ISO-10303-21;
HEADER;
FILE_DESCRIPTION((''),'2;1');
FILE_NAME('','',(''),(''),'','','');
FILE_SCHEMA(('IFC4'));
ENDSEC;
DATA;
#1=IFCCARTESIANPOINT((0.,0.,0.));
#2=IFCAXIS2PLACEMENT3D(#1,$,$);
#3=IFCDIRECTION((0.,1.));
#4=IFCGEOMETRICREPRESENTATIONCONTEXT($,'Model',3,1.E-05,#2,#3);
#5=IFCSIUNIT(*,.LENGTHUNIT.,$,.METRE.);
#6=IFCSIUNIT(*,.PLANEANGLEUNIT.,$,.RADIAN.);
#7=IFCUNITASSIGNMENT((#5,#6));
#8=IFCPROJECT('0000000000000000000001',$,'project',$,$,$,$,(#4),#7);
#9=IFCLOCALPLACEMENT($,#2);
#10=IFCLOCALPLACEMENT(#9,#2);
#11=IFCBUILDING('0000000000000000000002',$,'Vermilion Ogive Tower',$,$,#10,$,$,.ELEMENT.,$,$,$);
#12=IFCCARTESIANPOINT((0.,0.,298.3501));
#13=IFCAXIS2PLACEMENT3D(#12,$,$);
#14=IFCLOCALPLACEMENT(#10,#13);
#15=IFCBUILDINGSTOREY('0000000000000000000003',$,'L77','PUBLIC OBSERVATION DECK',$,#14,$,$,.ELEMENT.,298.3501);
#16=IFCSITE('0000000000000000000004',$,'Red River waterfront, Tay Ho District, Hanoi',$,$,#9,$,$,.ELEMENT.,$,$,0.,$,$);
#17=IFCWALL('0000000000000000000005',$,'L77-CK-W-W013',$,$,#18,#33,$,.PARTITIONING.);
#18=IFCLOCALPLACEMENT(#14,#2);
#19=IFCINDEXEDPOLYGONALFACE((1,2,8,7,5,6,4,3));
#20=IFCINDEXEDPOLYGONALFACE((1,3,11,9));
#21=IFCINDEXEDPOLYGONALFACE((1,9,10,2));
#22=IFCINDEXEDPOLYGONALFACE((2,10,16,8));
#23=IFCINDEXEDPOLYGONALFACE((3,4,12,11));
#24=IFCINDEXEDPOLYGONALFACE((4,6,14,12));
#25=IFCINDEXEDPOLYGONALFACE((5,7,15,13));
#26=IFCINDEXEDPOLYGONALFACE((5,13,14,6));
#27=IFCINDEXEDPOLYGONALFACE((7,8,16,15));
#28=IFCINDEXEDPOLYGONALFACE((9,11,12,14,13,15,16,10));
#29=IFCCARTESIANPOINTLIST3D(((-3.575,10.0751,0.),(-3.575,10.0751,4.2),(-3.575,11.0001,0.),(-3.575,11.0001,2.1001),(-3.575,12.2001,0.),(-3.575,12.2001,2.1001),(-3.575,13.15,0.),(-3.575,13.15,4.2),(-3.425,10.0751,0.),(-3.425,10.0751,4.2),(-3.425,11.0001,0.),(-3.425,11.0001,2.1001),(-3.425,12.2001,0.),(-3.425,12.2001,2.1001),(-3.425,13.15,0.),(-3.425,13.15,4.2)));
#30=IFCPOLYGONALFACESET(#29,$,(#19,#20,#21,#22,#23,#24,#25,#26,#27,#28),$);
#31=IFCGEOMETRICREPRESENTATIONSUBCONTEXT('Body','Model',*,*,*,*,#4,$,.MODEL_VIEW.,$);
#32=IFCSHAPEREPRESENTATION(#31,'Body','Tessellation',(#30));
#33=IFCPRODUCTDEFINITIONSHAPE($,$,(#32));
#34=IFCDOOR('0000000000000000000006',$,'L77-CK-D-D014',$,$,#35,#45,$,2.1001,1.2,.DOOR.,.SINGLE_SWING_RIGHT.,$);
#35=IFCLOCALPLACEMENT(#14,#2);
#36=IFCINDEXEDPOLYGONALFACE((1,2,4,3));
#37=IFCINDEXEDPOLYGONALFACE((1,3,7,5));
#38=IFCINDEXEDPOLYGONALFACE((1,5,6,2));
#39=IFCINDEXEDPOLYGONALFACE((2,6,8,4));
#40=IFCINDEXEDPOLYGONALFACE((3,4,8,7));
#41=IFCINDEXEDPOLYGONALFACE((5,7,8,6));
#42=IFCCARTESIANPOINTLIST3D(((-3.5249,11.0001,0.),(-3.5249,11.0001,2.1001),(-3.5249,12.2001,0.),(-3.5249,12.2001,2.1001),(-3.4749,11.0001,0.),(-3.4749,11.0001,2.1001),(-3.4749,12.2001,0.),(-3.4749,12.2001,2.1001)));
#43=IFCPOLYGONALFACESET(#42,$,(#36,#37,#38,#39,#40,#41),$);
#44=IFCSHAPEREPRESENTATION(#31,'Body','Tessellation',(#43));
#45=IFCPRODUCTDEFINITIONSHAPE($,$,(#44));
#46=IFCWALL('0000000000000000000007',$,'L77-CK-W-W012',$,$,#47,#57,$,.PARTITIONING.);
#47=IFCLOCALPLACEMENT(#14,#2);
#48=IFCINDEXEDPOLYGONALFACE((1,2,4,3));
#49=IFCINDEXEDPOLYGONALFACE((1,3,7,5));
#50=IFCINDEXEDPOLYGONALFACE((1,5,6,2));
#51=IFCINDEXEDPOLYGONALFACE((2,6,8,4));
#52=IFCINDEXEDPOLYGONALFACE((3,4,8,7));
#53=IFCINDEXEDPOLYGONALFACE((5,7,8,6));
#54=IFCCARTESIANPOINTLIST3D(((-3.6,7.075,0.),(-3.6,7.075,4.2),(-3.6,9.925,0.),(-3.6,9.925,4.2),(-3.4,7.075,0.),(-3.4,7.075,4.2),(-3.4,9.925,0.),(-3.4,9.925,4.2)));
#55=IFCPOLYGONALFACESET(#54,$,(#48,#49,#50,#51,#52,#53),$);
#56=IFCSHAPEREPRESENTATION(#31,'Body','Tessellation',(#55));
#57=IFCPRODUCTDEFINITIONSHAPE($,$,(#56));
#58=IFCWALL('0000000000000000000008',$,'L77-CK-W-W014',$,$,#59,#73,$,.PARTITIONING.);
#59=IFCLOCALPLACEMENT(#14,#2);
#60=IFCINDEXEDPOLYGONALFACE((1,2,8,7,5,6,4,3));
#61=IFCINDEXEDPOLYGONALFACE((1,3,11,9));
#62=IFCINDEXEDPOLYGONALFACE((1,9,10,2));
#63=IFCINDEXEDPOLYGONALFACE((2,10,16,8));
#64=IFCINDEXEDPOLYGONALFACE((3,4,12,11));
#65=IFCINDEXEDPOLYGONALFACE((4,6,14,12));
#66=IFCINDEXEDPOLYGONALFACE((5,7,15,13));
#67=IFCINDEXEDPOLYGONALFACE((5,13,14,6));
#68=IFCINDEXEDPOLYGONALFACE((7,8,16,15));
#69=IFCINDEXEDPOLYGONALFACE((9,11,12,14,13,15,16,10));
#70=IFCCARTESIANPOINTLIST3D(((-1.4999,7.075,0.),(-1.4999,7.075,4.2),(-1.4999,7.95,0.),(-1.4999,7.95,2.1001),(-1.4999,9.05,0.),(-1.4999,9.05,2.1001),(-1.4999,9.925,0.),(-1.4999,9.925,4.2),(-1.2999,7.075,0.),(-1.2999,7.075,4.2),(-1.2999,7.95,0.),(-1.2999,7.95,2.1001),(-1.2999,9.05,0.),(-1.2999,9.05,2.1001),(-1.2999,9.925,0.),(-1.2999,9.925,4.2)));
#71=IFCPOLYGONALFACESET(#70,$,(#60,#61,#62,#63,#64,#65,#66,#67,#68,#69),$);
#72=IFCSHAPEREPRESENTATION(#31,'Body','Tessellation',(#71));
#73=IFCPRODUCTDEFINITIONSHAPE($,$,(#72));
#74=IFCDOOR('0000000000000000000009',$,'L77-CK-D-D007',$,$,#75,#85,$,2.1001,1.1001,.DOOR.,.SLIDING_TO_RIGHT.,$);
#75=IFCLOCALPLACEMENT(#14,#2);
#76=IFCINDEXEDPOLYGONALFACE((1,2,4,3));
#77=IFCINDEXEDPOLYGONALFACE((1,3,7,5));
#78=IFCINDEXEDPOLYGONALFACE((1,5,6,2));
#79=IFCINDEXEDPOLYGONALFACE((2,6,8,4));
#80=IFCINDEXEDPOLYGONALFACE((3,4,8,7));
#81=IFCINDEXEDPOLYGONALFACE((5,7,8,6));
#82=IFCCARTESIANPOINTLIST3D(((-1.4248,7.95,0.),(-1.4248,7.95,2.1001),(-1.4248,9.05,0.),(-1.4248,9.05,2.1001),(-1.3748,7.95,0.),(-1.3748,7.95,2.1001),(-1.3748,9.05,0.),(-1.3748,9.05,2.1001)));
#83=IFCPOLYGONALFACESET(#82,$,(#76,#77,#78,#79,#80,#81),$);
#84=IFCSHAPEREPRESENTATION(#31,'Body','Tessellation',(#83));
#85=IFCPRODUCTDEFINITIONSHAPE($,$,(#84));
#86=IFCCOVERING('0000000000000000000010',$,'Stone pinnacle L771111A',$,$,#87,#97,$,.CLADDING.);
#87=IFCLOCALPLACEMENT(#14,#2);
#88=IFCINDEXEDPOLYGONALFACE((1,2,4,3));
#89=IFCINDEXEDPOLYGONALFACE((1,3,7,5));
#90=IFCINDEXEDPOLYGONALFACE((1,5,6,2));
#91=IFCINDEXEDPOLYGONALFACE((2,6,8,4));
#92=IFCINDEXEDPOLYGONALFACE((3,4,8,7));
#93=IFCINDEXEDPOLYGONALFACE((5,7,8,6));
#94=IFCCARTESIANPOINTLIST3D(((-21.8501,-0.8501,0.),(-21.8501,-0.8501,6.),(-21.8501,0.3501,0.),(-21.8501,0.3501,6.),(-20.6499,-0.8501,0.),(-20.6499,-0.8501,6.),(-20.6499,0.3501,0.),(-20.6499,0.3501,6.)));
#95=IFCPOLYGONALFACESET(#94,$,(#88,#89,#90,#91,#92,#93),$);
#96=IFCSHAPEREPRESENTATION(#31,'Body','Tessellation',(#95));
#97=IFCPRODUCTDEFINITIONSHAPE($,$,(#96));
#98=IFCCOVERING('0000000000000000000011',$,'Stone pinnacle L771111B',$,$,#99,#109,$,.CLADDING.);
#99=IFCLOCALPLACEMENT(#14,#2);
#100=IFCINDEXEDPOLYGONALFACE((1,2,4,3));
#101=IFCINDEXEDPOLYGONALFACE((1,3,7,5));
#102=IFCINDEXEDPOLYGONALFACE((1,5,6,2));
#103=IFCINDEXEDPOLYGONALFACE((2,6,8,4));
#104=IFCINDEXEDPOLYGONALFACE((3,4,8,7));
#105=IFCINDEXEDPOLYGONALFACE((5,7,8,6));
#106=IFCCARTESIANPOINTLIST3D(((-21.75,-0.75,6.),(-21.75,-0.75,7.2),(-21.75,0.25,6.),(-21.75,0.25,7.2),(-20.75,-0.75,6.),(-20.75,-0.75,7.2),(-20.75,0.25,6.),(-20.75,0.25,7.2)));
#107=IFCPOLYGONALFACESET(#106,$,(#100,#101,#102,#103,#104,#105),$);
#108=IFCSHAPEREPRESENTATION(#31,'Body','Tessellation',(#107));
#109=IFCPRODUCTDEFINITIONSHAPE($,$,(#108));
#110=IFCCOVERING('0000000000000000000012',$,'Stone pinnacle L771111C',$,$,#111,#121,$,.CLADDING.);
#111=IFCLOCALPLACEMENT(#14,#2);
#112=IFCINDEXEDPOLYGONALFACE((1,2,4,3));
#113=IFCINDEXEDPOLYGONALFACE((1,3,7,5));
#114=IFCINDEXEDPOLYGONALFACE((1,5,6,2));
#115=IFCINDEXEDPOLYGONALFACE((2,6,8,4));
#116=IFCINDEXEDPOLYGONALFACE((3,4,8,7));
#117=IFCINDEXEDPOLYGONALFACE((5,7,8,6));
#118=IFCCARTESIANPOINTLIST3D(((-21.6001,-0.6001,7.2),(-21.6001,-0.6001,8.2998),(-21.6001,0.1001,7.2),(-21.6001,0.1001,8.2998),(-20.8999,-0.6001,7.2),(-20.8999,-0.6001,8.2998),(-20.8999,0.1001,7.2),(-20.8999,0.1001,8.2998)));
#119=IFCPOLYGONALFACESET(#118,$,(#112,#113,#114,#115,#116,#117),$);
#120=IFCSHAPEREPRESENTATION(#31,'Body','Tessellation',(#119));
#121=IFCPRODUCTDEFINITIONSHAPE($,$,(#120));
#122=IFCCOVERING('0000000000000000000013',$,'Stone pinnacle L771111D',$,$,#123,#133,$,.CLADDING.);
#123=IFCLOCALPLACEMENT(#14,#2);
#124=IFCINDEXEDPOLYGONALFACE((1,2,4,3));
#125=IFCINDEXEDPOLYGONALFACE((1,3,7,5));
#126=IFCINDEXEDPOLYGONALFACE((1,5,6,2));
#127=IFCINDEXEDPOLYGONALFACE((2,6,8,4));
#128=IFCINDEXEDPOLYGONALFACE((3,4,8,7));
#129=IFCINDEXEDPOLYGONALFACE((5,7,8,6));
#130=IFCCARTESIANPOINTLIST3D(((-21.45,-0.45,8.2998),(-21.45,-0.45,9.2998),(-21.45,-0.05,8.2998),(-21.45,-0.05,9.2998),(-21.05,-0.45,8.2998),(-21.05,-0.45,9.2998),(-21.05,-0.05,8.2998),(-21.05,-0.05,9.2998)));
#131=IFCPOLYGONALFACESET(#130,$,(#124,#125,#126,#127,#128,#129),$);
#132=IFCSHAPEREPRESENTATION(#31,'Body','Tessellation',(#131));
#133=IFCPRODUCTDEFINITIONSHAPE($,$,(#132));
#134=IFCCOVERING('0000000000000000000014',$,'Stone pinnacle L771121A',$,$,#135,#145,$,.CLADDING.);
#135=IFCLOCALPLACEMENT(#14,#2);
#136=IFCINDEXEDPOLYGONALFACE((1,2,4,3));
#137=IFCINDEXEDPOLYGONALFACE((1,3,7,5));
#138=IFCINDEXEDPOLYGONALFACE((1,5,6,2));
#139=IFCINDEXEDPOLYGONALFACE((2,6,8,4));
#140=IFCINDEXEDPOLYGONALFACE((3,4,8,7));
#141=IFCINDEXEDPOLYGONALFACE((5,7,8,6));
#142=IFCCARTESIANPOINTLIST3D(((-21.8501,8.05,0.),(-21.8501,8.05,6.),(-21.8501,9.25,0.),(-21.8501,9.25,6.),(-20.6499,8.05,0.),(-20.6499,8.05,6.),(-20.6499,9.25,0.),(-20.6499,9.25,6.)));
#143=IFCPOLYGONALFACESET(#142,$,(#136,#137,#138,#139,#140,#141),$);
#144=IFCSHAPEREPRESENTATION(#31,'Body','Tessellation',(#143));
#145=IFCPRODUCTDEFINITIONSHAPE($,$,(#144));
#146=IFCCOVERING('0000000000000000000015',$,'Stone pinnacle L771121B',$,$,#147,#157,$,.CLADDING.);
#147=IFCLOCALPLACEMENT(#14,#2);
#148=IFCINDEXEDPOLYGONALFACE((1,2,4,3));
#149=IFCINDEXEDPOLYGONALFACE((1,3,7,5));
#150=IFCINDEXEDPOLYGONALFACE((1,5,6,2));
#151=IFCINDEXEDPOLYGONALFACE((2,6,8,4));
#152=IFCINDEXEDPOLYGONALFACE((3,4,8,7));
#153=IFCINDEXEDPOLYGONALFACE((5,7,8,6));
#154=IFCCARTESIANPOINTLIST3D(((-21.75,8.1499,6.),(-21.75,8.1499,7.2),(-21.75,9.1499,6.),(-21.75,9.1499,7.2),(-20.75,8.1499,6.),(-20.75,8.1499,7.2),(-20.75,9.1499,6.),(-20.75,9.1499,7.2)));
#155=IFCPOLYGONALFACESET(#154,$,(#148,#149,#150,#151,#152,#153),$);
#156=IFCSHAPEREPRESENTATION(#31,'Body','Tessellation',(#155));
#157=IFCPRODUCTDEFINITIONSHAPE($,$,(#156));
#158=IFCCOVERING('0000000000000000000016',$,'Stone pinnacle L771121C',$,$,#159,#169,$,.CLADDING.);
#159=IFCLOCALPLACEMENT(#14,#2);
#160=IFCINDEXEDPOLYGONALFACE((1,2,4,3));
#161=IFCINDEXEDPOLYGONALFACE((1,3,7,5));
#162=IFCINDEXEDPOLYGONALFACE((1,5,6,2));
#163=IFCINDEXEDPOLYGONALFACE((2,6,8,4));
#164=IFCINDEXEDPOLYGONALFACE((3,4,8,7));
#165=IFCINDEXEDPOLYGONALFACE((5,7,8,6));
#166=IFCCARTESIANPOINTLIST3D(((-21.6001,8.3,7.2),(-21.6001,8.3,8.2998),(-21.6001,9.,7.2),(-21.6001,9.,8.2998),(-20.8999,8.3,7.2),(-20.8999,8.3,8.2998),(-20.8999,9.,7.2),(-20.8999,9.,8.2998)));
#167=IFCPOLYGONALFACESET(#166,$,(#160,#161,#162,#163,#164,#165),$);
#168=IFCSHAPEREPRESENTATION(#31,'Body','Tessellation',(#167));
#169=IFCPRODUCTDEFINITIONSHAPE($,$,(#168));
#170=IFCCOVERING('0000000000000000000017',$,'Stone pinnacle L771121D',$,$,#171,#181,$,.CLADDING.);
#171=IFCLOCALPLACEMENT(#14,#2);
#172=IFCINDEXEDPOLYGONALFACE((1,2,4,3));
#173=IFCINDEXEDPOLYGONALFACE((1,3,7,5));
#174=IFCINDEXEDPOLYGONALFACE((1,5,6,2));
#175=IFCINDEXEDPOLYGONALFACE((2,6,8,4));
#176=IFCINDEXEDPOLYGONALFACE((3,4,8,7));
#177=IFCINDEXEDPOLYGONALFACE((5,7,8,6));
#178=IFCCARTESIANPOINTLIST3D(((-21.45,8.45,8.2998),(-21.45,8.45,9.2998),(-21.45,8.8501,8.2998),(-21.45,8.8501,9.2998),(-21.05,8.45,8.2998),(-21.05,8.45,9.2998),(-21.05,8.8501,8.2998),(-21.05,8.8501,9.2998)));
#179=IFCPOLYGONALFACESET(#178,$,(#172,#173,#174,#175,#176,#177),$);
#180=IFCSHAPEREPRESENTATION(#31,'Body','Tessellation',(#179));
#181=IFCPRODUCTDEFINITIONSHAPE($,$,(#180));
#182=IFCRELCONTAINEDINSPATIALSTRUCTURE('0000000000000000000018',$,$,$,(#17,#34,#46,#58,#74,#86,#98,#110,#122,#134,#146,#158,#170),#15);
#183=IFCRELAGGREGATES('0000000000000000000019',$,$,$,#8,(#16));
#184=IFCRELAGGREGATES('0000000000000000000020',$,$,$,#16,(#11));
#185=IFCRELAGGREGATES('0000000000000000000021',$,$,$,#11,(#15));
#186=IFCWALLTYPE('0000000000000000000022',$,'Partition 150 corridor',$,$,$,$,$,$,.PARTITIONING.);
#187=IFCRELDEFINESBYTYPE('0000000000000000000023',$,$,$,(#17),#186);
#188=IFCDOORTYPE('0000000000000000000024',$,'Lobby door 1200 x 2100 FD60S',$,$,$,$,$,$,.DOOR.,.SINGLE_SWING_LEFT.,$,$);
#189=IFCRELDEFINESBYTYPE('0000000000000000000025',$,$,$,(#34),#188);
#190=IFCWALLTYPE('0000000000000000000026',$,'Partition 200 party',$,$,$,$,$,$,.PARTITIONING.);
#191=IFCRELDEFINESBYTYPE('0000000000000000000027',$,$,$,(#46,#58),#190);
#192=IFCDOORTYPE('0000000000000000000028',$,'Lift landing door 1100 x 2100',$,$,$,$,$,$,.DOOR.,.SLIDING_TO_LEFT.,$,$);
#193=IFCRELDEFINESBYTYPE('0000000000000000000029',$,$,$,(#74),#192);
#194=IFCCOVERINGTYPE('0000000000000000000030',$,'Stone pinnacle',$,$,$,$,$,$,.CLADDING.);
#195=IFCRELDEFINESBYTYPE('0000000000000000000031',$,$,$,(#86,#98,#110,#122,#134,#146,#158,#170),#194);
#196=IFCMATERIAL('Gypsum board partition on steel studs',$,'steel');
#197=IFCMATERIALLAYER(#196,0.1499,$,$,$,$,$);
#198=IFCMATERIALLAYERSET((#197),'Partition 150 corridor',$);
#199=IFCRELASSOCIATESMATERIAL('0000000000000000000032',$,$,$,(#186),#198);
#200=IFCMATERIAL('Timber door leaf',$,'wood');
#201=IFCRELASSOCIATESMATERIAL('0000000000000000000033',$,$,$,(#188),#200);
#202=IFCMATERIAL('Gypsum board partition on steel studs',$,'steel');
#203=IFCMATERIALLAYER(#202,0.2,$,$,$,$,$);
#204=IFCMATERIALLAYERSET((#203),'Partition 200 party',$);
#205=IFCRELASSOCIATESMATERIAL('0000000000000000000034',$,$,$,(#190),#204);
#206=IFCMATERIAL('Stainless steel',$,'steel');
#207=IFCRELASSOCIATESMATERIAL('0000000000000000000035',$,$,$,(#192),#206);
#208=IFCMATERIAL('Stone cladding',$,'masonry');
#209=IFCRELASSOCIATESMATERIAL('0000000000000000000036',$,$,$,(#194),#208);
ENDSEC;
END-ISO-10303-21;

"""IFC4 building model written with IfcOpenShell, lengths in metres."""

from ifc_helpers import new_model, si_unit, direction, frame, frame_2d, origin, place, context, subcontext, project, spatial, polyline, rectangle, outline, extrude, material, layer, layer_set, type_object, element, fill, save


model = new_model("IFC4")

# Units and contexts
model_context = context("Model", 3, precision=1e-05, world=origin(), true_north=direction((0.0, 1.0)))
body_context = subcontext(model_context, "Body", "Model", "MODEL_VIEW")
ifc_project = project(units=[si_unit("LENGTHUNIT", "METRE"), si_unit("PLANEANGLEUNIT", "RADIAN")], contexts=[model_context])

# Site, building, storey
site_placement = place(None, origin())
site = spatial("IfcSite", under=ifc_project, at=site_placement, Name="Red River waterfront, Tay Ho District, Hanoi", CompositionType="ELEMENT", RefElevation=0.0)
building_placement = place(site_placement, origin())
building = spatial("IfcBuilding", under=site, at=building_placement, Name="Vermilion Ogive Tower", CompositionType="ELEMENT")
storey_placement = place(building_placement, frame((0.0, 0.0, 298.3501)))
storey = spatial("IfcBuildingStorey", under=building, at=storey_placement, Name="L77", Description="PUBLIC OBSERVATION DECK", CompositionType="ELEMENT", Elevation=298.3501)

# Wall, opening, door
ifc_material_1 = material(Name="Gypsum board partition on steel studs", Category="steel")
ifc_layer_1 = layer(ifc_material_1, 0.1499)
ifc_layer_set_1 = layer_set([ifc_layer_1], Name="Partition 150 corridor")
wall_type_1 = type_object("IfcWallType", Name="Partition 150 corridor", PredefinedType="PARTITIONING", material=ifc_layer_set_1)
wall_1_placement = place(storey_placement, frame((-3.5, 10.075, 0.0), z_axis=(0.0, 0.0, 1.0), x_axis=(0.0, 1.0, 0.0)))
wall_1 = element("IfcWall", 1, at=wall_1_placement, inside=storey, type_object=wall_type_1, Name="L77-CK-W-W013", PredefinedType="PARTITIONING", context=body_context, shape_type="SweptSolid", body=[
    extrude(rectangle(XDim=3.075, YDim=0.1499, at=frame_2d((1.5376, 0.0))), origin(), (0.0, 0.0, 1.0), 4.2),
])
opening_1_placement = place(wall_1_placement, frame((0.925, 0.0, 0.0)))
opening_1 = element("IfcOpeningElement", 2, at=opening_1_placement, cuts=wall_1, PredefinedType="OPENING", context=body_context, shape_type="SweptSolid", body=[
    extrude(rectangle(XDim=1.2, YDim=2.1001, at=frame_2d((0.6001, 1.05))), frame((0.0, 0.085, 0.0), z_axis=(0.0, -1.0, 0.0), x_axis=(1.0, 0.0, 0.0)), (0.0, 0.0, 1.0), 0.1699),
])
ifc_material_2 = material(Name="Timber door leaf", Category="wood")
door_type_1 = type_object("IfcDoorType", Name="Lobby door 1200 x 2100 FD60S", OperationType="SINGLE_SWING_LEFT", PredefinedType="DOOR", material=ifc_material_2)
door_1_placement = place(opening_1_placement, origin())
door_1 = element("IfcDoor", 3, at=door_1_placement, inside=storey, type_object=door_type_1, Name="L77-CK-D-D014", OperationType="SINGLE_SWING_RIGHT", OverallHeight=2.1001, OverallWidth=1.2, PredefinedType="DOOR", context=body_context, shape_type="SweptSolid", body=[
    extrude(rectangle(XDim=1.2, YDim=2.1001, at=frame_2d((0.6001, 1.05))), frame((0.0, 0.0249, 0.0), z_axis=(0.0, -1.0, 0.0), x_axis=(1.0, 0.0, 0.0)), (0.0, 0.0, 1.0), 0.05),
])
fill(opening_1, door_1)

# Wall
ifc_material_3 = material(Name="Gypsum board partition on steel studs", Category="steel")
ifc_layer_2 = layer(ifc_material_3, 0.2)
ifc_layer_set_2 = layer_set([ifc_layer_2], Name="Partition 200 party")
wall_type_2 = type_object("IfcWallType", Name="Partition 200 party", PredefinedType="PARTITIONING", material=ifc_layer_set_2)
wall_2_placement = place(storey_placement, frame((-3.5, 7.075, 0.0), z_axis=(0.0, 0.0, 1.0), x_axis=(0.0, 1.0, 0.0)))
element("IfcWall", 4, at=wall_2_placement, inside=storey, type_object=wall_type_2, Name="L77-CK-W-W012", PredefinedType="PARTITIONING", context=body_context, shape_type="SweptSolid", body=[
    extrude(rectangle(XDim=2.8501, YDim=0.2, at=frame_2d((1.425, 0.0))), origin(), (0.0, 0.0, 1.0), 4.2),
])

# Wall, opening, door
wall_3_placement = place(storey_placement, frame((-1.3999, 7.075, 0.0), z_axis=(0.0, 0.0, 1.0), x_axis=(0.0, 1.0, 0.0)))
wall_3 = element("IfcWall", 5, at=wall_3_placement, inside=storey, type_object=wall_type_2, Name="L77-CK-W-W014", PredefinedType="PARTITIONING", context=body_context, shape_type="SweptSolid", body=[
    extrude(rectangle(XDim=2.8501, YDim=0.2, at=frame_2d((1.425, 0.0))), origin(), (0.0, 0.0, 1.0), 4.2),
])
opening_2_placement = place(wall_3_placement, frame((0.875, 0.0, 0.0)))
opening_2 = element("IfcOpeningElement", 6, at=opening_2_placement, cuts=wall_3, PredefinedType="OPENING", context=body_context, shape_type="SweptSolid", body=[
    extrude(rectangle(XDim=1.1001, YDim=2.1001, at=frame_2d((0.55, 1.05))), frame((0.0, 0.1099, 0.0), z_axis=(0.0, -1.0, 0.0), x_axis=(1.0, 0.0, 0.0)), (0.0, 0.0, 1.0), 0.22),
])
ifc_material_4 = material(Name="Stainless steel", Category="steel")
door_type_2 = type_object("IfcDoorType", Name="Lift landing door 1100 x 2100", OperationType="SLIDING_TO_LEFT", PredefinedType="DOOR", material=ifc_material_4)
door_2_placement = place(opening_2_placement, origin())
door_2 = element("IfcDoor", 7, at=door_2_placement, inside=storey, type_object=door_type_2, Name="L77-CK-D-D007", OperationType="SLIDING_TO_RIGHT", OverallHeight=2.1001, OverallWidth=1.1001, PredefinedType="DOOR", context=body_context, shape_type="SweptSolid", body=[
    extrude(rectangle(XDim=1.1001, YDim=2.1001, at=frame_2d((0.55, 1.05))), frame((0.0, 0.0249, 0.0), z_axis=(0.0, -1.0, 0.0), x_axis=(1.0, 0.0, 0.0)), (0.0, 0.0, 1.0), 0.05),
])
fill(opening_2, door_2)

# Coverings
ifc_material_5 = material(Name="Stone cladding", Category="masonry")
covering_type = type_object("IfcCoveringType", Name="Stone pinnacle", PredefinedType="CLADDING", material=ifc_material_5)
covering_1_placement = place(storey_placement, origin())
element("IfcCovering", 8, at=covering_1_placement, inside=storey, type_object=covering_type, Name="Stone pinnacle L771111A", PredefinedType="CLADDING", context=body_context, shape_type="SweptSolid", body=[
    extrude(outline(polyline([(-21.8501, -0.8501), (-20.6499, -0.8501), (-20.6499, 0.3501), (-21.8501, 0.3501), (-21.8501, -0.8501)])), origin(), (0.0, 0.0, 1.0), 6.0),
])
covering_2_placement = place(storey_placement, frame((0.0, 0.0, 6.0)))
element("IfcCovering", 9, at=covering_2_placement, inside=storey, type_object=covering_type, Name="Stone pinnacle L771111B", PredefinedType="CLADDING", context=body_context, shape_type="SweptSolid", body=[
    extrude(outline(polyline([(-21.75, -0.75), (-20.75, -0.75), (-20.75, 0.25), (-21.75, 0.25), (-21.75, -0.75)])), origin(), (0.0, 0.0, 1.0), 1.2),
])
covering_3_placement = place(storey_placement, frame((0.0, 0.0, 7.2)))
element("IfcCovering", 10, at=covering_3_placement, inside=storey, type_object=covering_type, Name="Stone pinnacle L771111C", PredefinedType="CLADDING", context=body_context, shape_type="SweptSolid", body=[
    extrude(outline(polyline([(-21.6001, -0.6001), (-20.8999, -0.6001), (-20.8999, 0.1001), (-21.6001, 0.1001), (-21.6001, -0.6001)])), origin(), (0.0, 0.0, 1.0), 1.0999),
])
covering_4_placement = place(storey_placement, frame((0.0, 0.0, 8.2998)))
element("IfcCovering", 11, at=covering_4_placement, inside=storey, type_object=covering_type, Name="Stone pinnacle L771111D", PredefinedType="CLADDING", context=body_context, shape_type="SweptSolid", body=[
    extrude(outline(polyline([(-21.45, -0.45), (-21.05, -0.45), (-21.05, -0.05), (-21.45, -0.05), (-21.45, -0.45)])), origin(), (0.0, 0.0, 1.0), 1.0),
])
covering_5_placement = place(storey_placement, origin())
element("IfcCovering", 12, at=covering_5_placement, inside=storey, type_object=covering_type, Name="Stone pinnacle L771121A", PredefinedType="CLADDING", context=body_context, shape_type="SweptSolid", body=[
    extrude(outline(polyline([(-21.8501, 8.05), (-20.6499, 8.05), (-20.6499, 9.25), (-21.8501, 9.25), (-21.8501, 8.05)])), origin(), (0.0, 0.0, 1.0), 6.0),
])
covering_6_placement = place(storey_placement, frame((0.0, 0.0, 6.0)))
element("IfcCovering", 13, at=covering_6_placement, inside=storey, type_object=covering_type, Name="Stone pinnacle L771121B", PredefinedType="CLADDING", context=body_context, shape_type="SweptSolid", body=[
    extrude(outline(polyline([(-21.75, 8.1499), (-20.75, 8.1499), (-20.75, 9.1499), (-21.75, 9.1499), (-21.75, 8.1499)])), origin(), (0.0, 0.0, 1.0), 1.2),
])
covering_7_placement = place(storey_placement, frame((0.0, 0.0, 7.2)))
element("IfcCovering", 14, at=covering_7_placement, inside=storey, type_object=covering_type, Name="Stone pinnacle L771121C", PredefinedType="CLADDING", context=body_context, shape_type="SweptSolid", body=[
    extrude(outline(polyline([(-21.6001, 8.3), (-20.8999, 8.3), (-20.8999, 9.0), (-21.6001, 9.0), (-21.6001, 8.3)])), origin(), (0.0, 0.0, 1.0), 1.0999),
])
covering_8_placement = place(storey_placement, frame((0.0, 0.0, 8.2998)))
element("IfcCovering", 15, at=covering_8_placement, inside=storey, type_object=covering_type, Name="Stone pinnacle L771121D", PredefinedType="CLADDING", context=body_context, shape_type="SweptSolid", body=[
    extrude(outline(polyline([(-21.45, 8.45), (-21.05, 8.45), (-21.05, 8.8501), (-21.45, 8.8501), (-21.45, 8.45)])), origin(), (0.0, 0.0, 1.0), 1.0),
])

save(model, "model.ifc")
